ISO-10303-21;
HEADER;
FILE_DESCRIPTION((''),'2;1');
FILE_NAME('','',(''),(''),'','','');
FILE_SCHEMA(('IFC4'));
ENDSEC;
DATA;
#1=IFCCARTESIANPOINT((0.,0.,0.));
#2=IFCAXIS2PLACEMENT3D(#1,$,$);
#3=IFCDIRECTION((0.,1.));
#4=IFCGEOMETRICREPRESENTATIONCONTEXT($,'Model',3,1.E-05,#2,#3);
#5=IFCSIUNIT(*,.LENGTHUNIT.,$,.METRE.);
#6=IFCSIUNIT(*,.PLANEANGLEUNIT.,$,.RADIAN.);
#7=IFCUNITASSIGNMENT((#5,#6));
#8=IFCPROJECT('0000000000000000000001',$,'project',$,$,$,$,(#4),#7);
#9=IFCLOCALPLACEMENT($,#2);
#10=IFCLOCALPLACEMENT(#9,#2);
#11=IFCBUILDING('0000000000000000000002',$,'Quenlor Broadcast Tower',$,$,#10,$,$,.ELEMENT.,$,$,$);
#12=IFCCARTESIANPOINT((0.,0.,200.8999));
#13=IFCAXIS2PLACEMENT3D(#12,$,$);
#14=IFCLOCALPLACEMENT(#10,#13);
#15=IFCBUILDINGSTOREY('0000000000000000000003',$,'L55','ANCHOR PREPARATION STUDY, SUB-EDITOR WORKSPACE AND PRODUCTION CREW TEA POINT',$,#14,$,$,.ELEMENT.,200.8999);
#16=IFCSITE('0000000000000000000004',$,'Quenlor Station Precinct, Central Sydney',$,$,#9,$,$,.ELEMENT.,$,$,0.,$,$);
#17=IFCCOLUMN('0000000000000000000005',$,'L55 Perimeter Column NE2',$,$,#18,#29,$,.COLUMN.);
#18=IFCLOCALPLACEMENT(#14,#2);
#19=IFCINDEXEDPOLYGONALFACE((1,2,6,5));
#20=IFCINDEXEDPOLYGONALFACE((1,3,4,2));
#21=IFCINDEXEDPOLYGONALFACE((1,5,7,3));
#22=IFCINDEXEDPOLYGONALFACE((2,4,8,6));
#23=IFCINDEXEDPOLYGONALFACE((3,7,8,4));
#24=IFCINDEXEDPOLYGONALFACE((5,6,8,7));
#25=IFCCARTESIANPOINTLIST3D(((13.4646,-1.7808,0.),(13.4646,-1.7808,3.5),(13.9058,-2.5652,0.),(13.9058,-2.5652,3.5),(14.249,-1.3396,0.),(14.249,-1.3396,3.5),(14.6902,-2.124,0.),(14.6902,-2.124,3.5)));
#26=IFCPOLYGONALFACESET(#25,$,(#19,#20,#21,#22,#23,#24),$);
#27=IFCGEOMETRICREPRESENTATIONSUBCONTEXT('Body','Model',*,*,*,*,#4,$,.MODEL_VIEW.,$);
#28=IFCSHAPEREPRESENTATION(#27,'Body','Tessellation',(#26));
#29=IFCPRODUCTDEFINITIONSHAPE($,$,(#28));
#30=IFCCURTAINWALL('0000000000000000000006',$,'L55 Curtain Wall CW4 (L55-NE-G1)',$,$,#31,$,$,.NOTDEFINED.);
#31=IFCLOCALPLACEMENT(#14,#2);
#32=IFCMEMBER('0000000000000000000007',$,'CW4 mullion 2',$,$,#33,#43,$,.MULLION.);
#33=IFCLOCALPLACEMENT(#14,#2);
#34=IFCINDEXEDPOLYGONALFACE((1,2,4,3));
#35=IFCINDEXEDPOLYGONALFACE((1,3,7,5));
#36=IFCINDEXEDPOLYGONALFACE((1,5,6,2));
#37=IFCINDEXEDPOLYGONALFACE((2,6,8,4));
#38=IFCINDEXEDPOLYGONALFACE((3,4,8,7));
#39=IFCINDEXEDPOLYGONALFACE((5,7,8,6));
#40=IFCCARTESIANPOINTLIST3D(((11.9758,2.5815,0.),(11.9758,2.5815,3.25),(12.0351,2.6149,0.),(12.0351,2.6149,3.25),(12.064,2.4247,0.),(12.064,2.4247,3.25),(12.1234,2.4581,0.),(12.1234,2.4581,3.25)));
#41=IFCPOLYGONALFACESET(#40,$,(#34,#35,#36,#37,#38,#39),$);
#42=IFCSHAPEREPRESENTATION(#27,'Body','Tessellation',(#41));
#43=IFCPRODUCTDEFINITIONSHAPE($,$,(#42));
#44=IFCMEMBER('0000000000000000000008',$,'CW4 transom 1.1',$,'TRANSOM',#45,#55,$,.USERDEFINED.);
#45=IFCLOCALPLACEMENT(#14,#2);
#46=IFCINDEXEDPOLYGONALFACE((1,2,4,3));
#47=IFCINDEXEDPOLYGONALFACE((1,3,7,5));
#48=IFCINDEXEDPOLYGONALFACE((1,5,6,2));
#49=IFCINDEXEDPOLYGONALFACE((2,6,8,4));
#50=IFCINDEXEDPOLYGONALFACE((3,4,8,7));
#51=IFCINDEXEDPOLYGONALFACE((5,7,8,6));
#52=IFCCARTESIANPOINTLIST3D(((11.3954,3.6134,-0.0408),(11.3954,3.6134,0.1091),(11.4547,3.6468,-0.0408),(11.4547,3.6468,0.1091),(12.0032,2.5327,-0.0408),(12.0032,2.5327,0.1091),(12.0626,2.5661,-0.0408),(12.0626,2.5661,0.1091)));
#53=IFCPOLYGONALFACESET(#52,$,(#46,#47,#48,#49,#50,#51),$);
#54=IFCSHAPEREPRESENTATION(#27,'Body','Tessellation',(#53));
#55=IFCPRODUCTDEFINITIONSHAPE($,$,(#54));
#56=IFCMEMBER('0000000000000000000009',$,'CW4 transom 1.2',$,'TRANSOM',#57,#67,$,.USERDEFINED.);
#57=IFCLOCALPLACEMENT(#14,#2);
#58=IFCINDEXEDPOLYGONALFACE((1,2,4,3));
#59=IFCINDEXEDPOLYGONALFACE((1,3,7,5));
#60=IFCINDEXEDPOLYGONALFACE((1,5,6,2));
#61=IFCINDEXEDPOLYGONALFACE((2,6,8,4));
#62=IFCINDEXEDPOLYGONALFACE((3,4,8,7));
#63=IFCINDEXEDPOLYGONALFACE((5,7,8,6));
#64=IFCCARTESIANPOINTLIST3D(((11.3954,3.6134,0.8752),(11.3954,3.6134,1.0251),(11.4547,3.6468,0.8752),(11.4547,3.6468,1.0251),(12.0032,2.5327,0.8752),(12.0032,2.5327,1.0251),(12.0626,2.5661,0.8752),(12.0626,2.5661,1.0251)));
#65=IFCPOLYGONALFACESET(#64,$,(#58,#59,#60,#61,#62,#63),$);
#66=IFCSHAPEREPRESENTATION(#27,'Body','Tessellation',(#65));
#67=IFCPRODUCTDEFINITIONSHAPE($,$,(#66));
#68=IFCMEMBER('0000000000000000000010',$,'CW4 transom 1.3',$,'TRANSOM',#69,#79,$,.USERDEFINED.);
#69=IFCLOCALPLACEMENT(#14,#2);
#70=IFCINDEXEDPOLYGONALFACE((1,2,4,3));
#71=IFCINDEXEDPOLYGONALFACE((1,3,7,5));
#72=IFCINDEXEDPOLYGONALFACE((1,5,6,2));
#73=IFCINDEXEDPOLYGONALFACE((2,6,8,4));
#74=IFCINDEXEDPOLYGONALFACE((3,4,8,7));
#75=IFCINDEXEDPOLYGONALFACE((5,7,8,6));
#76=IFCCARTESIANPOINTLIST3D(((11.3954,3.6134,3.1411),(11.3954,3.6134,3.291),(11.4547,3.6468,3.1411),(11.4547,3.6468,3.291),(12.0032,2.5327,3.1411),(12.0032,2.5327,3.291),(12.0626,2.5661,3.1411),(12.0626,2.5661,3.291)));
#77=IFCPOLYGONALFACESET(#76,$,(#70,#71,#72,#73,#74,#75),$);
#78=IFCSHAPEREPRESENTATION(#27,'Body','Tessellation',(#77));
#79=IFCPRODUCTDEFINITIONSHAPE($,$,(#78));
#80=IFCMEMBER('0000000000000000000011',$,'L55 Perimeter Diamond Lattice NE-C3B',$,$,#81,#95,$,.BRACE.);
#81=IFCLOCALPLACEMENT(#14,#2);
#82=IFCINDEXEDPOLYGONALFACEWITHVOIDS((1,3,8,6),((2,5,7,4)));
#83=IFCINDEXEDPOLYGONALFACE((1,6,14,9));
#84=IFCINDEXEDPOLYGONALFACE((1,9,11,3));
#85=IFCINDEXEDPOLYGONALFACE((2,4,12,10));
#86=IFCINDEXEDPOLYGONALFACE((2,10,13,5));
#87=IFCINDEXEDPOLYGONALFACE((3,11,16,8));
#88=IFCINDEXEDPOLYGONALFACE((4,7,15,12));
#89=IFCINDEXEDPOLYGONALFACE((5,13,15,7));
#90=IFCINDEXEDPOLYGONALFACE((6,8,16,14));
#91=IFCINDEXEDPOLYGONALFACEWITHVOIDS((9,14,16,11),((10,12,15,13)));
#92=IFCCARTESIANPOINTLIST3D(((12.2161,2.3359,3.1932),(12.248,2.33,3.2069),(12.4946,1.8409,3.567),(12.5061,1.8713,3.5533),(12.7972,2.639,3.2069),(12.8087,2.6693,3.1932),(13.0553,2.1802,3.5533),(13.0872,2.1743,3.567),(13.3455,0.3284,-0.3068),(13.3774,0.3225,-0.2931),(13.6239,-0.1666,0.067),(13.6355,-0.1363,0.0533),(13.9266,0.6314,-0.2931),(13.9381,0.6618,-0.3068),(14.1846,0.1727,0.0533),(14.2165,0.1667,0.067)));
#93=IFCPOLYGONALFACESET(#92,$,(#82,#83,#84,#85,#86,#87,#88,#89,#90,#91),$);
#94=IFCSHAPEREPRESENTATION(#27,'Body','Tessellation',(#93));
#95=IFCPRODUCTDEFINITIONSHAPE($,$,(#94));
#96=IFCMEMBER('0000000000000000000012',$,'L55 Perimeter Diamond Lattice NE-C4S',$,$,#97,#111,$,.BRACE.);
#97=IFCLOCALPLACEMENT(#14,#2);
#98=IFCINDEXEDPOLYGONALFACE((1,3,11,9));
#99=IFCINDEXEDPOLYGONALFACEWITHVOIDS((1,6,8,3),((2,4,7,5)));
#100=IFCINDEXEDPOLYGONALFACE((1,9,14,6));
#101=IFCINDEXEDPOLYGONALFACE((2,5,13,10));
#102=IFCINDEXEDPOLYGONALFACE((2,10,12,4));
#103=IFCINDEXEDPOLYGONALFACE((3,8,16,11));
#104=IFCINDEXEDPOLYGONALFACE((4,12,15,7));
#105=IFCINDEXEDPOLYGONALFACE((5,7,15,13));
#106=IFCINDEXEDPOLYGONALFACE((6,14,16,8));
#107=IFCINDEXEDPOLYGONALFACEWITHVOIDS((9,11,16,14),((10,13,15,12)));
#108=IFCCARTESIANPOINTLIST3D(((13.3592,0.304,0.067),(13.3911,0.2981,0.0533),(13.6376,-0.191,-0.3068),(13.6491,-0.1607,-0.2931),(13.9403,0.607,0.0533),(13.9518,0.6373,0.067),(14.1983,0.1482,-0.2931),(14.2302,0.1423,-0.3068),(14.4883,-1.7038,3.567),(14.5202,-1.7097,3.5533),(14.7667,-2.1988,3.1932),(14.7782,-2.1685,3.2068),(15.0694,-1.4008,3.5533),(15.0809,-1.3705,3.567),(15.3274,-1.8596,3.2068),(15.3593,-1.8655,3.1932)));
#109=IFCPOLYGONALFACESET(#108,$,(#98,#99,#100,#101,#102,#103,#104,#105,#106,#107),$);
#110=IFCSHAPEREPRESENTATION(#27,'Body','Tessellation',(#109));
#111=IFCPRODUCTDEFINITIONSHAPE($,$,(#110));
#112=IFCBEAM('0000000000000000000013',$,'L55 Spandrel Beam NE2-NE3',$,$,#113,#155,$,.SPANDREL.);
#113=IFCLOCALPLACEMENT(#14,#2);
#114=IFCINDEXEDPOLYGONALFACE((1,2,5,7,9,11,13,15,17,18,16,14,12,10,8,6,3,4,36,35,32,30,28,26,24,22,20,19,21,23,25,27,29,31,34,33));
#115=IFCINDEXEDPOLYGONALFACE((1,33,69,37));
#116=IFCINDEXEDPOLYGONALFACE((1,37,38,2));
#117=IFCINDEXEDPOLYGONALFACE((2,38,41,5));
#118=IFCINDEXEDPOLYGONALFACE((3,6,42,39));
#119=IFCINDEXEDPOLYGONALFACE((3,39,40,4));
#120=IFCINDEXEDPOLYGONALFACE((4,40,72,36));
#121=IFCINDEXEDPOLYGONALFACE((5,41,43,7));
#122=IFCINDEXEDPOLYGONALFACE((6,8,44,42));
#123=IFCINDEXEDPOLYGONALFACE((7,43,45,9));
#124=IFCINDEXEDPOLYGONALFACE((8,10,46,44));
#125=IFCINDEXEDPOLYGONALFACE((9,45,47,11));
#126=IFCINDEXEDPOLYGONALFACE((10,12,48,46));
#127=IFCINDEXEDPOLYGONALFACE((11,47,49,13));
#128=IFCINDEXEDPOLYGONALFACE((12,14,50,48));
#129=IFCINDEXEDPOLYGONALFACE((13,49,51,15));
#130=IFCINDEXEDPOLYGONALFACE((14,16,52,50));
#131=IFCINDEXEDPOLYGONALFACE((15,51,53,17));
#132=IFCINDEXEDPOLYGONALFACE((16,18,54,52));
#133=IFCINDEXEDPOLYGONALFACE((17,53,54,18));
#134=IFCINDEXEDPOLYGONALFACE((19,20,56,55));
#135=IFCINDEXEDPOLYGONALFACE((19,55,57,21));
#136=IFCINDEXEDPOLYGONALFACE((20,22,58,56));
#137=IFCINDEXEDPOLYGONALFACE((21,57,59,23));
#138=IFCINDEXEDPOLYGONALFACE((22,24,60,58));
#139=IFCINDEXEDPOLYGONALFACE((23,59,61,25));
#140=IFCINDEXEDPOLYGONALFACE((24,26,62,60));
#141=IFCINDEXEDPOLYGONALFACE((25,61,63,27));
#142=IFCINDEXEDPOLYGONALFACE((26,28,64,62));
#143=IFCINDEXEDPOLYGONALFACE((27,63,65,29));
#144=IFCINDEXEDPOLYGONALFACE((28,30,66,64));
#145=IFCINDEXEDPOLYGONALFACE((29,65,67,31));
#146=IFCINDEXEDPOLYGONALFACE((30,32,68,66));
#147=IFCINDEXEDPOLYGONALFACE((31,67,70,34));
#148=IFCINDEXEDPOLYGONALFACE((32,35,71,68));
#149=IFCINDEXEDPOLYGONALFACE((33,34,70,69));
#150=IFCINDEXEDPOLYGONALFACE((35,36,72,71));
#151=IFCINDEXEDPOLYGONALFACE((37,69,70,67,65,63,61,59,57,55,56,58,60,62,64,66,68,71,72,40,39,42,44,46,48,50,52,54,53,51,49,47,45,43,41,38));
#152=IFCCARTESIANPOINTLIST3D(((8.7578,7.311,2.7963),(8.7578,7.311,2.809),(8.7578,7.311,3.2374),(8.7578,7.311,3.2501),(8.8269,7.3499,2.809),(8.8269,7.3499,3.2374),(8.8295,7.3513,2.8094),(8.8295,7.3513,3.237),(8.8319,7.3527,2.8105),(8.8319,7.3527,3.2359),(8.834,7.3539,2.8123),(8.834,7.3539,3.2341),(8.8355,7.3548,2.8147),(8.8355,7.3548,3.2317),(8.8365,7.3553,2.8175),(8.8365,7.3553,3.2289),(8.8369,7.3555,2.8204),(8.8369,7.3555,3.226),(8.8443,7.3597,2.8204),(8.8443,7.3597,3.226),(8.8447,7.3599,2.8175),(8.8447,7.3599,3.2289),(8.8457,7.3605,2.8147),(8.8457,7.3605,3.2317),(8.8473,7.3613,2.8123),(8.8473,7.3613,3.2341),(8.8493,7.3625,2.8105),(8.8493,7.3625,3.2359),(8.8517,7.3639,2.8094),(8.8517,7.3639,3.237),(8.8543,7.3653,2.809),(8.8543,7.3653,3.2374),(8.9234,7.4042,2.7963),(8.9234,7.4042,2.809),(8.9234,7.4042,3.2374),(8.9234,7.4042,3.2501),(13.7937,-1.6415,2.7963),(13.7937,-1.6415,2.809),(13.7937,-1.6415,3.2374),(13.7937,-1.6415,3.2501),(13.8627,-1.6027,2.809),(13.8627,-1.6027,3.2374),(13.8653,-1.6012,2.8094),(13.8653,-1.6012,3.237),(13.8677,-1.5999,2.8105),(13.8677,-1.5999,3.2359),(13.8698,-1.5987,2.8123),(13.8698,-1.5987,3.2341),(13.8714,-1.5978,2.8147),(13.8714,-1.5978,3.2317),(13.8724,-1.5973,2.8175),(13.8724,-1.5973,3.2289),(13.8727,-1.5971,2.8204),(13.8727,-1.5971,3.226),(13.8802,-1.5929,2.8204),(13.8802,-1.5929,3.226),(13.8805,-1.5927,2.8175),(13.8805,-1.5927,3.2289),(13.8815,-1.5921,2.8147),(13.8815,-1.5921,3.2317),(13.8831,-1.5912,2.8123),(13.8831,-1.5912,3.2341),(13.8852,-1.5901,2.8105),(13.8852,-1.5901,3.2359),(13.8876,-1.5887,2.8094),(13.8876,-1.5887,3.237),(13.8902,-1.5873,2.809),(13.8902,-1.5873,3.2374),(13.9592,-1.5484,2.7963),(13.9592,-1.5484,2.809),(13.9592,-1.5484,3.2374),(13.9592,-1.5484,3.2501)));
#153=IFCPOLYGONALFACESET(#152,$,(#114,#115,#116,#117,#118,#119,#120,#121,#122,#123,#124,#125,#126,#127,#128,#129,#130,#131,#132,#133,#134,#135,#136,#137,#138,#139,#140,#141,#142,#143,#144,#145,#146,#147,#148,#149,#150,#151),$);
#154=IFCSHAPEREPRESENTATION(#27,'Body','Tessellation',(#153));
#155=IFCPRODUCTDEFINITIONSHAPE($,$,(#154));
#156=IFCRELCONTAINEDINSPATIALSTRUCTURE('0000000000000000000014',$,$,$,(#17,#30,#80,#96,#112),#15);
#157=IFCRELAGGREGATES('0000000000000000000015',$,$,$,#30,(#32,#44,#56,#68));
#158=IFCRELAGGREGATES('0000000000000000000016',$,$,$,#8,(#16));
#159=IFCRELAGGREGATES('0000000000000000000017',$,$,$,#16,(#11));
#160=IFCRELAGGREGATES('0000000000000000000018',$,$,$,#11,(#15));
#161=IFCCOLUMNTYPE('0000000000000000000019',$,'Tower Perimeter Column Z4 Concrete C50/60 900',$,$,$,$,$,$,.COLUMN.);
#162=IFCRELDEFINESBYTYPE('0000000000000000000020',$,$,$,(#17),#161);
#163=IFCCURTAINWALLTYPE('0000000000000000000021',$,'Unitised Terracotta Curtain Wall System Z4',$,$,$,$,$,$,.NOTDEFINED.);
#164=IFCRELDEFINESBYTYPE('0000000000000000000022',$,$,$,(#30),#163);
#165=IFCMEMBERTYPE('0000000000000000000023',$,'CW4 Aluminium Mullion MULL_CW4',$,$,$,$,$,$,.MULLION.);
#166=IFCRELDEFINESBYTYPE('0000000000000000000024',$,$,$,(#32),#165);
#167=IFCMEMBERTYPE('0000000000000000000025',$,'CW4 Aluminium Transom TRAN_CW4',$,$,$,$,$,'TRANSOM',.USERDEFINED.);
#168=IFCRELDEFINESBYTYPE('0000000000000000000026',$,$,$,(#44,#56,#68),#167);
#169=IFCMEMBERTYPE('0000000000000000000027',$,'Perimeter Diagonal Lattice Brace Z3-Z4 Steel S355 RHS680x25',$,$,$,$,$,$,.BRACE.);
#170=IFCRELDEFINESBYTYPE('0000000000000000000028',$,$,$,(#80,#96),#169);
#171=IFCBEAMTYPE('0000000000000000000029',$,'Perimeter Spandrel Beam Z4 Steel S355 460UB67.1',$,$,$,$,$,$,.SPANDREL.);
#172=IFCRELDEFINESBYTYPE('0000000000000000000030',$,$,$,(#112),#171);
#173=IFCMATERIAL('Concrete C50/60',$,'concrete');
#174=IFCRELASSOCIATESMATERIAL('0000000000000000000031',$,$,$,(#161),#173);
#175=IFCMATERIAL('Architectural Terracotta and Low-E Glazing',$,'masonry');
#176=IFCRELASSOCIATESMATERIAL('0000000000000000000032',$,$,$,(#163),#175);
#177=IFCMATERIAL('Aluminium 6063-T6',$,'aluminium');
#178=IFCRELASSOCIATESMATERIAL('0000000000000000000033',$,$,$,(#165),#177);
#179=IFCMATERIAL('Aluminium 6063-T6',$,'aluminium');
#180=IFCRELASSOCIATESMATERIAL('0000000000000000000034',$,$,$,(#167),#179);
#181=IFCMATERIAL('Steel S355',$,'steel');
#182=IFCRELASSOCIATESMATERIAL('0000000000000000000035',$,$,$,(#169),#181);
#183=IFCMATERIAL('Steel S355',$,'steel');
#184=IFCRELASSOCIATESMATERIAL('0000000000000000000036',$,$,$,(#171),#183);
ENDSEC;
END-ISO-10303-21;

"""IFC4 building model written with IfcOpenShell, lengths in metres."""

from ifc_helpers import new_model, si_unit, direction, frame, origin, origin_2d, place, context, subcontext, project, spatial, rectangle, hollow_rectangle, i_section, extrude, material, material_profile, profile_set, type_object, element, aggregate, save


model = new_model("IFC4")

# Units and contexts
model_context = context("Model", 3, precision=1e-05, world=origin(), true_north=direction((0.0, 1.0)))
body_context = subcontext(model_context, "Body", "Model", "MODEL_VIEW")
ifc_project = project(units=[si_unit("LENGTHUNIT", "METRE"), si_unit("PLANEANGLEUNIT", "RADIAN")], contexts=[model_context])

# Site, building, storey
site_placement = place(None, origin())
site = spatial("IfcSite", under=ifc_project, at=site_placement, Name="Quenlor Station Precinct, Central Sydney", CompositionType="ELEMENT", RefElevation=0.0)
building_placement = place(site_placement, origin())
building = spatial("IfcBuilding", under=site, at=building_placement, Name="Quenlor Broadcast Tower", CompositionType="ELEMENT")
storey_placement = place(building_placement, frame((0.0, 0.0, 200.8999)))
storey = spatial("IfcBuildingStorey", under=building, at=storey_placement, Name="L55", Description="ANCHOR PREPARATION STUDY, SUB-EDITOR WORKSPACE AND PRODUCTION CREW TEA POINT", CompositionType="ELEMENT", Elevation=200.8999)

# Column
ifc_material_1 = material(Name="Concrete C50/60", Category="concrete")
ifc_material_profile_1 = material_profile(ifc_material_1, rectangle(XDim=0.8999, YDim=0.8999, at=origin_2d()))
ifc_profile_set_1 = profile_set([ifc_material_profile_1], Name="Concrete C50/60 RC900x900")
column_type = type_object("IfcColumnType", Name="Tower Perimeter Column Z4 Concrete C50/60 900", PredefinedType="COLUMN", material=ifc_profile_set_1)
column_placement = place(storey_placement, frame((14.0774, -1.9524, 0.0), z_axis=(0.0, 0.0, 1.0), x_axis=(0.871575, 0.490262, 0.0)))
element("IfcColumn", 1, at=column_placement, inside=storey, type_object=column_type, Name="L55 Perimeter Column NE2", PredefinedType="COLUMN", context=body_context, shape_type="SweptSolid", body=[
    extrude(rectangle(XDim=0.8999, YDim=0.8999, at=origin_2d()), origin(), (0.0, 0.0, 1.0), 3.5),
])

# Curtain wall, members
ifc_material_2 = material(Name="Architectural Terracotta and Low-E Glazing", Category="masonry")
curtain_wall_type = type_object("IfcCurtainWallType", Name="Unitised Terracotta Curtain Wall System Z4", PredefinedType="NOTDEFINED", material=ifc_material_2)
curtain_wall_placement = place(storey_placement, origin())
curtain_wall = element("IfcCurtainWall", 2, at=curtain_wall_placement, inside=storey, type_object=curtain_wall_type, Name="L55 Curtain Wall CW4 (L55-NE-G1)", PredefinedType="NOTDEFINED")
ifc_material_3 = material(Name="Aluminium 6063-T6", Category="aluminium")
ifc_material_profile_2 = material_profile(ifc_material_3, rectangle(XDim=0.0681, YDim=0.1799, at=origin_2d()))
ifc_profile_set_2 = profile_set([ifc_material_profile_2], Name="Aluminium 6063-T6 MULL68x180")
member_type_1 = type_object("IfcMemberType", Name="CW4 Aluminium Mullion MULL_CW4", PredefinedType="MULLION", material=ifc_profile_set_2)
member_1_placement = place(storey_placement, frame((12.0496, 2.5198, 0.0), z_axis=(0.0, 0.0, 1.0), x_axis=(0.87156, 0.490289, 0.0)))
member_1 = element("IfcMember", 3, at=member_1_placement, type_object=member_type_1, Name="CW4 mullion 2", PredefinedType="MULLION", context=body_context, shape_type="SweptSolid", body=[
    extrude(rectangle(XDim=0.0681, YDim=0.1799, at=origin_2d()), origin(), (0.0, 0.0, 1.0), 3.25),
])
ifc_material_4 = material(Name="Aluminium 6063-T6", Category="aluminium")
ifc_material_profile_3 = material_profile(ifc_material_4, rectangle(XDim=0.0681, YDim=0.1499, at=origin_2d()))
ifc_profile_set_3 = profile_set([ifc_material_profile_3], Name="Aluminium 6063-T6 TRAN68x150")
member_type_2 = type_object("IfcMemberType", Name="CW4 Aluminium Transom TRAN_CW4", ElementType="TRANSOM", PredefinedType="USERDEFINED", material=ifc_profile_set_3)
member_2_placement = place(storey_placement, frame((11.425, 3.6301, 0.0342), z_axis=(0.490233, -0.871591, 0.0), x_axis=(0.871591, 0.490233, 0.0)))
member_2 = element("IfcMember", 4, at=member_2_placement, type_object=member_type_2, Name="CW4 transom 1.1", ObjectType="TRANSOM", PredefinedType="USERDEFINED", context=body_context, shape_type="SweptSolid", body=[
    extrude(rectangle(XDim=0.0681, YDim=0.1499, at=origin_2d()), origin(), (0.0, 0.0, 1.0), 1.24),
])
member_3_placement = place(storey_placement, frame((11.425, 3.6301, 0.9502), z_axis=(0.490233, -0.871591, 0.0), x_axis=(0.871591, 0.490233, 0.0)))
member_3 = element("IfcMember", 5, at=member_3_placement, type_object=member_type_2, Name="CW4 transom 1.2", ObjectType="TRANSOM", PredefinedType="USERDEFINED", context=body_context, shape_type="SweptSolid", body=[
    extrude(rectangle(XDim=0.0681, YDim=0.1499, at=origin_2d()), origin(), (0.0, 0.0, 1.0), 1.24),
])
member_4_placement = place(storey_placement, frame((11.425, 3.6301, 3.2161), z_axis=(0.490233, -0.871591, 0.0), x_axis=(0.871591, 0.490233, 0.0)))
member_4 = element("IfcMember", 6, at=member_4_placement, type_object=member_type_2, Name="CW4 transom 1.3", ObjectType="TRANSOM", PredefinedType="USERDEFINED", context=body_context, shape_type="SweptSolid", body=[
    extrude(rectangle(XDim=0.0681, YDim=0.1499, at=origin_2d()), origin(), (0.0, 0.0, 1.0), 1.24),
])

# Members
ifc_material_5 = material(Name="Steel S355", Category="steel")
ifc_material_profile_4 = material_profile(ifc_material_5, hollow_rectangle(XDim=0.6799, YDim=0.6799, WallThickness=0.0249, at=origin_2d()))
ifc_profile_set_4 = profile_set([ifc_material_profile_4], Name="Steel S355 RHS680x680x25")
member_type_3 = type_object("IfcMemberType", Name="Perimeter Diagonal Lattice Brace Z3-Z4 Steel S355 RHS680x25", PredefinedType="BRACE", material=ifc_profile_set_4)
for number, where, z_axis, x_axis, name in (
    (7, (13.781, 0.2476, -0.1199), (-0.269547, 0.479136, 0.835328), (-0.87155, -0.490307, 0.0), "L55 Perimeter Diamond Lattice NE-C3B"),
    (8, (13.7947, 0.2231, -0.1199), (0.269485, -0.479189, 0.835318), (0.871621, 0.490181, 0.0), "L55 Perimeter Diamond Lattice NE-C4S"),
):
    element("IfcMember", number, at=place(storey_placement, frame(where, z_axis=z_axis, x_axis=x_axis)), inside=storey, type_object=member_type_3, Name=name, PredefinedType="BRACE", context=body_context, shape_type="SweptSolid", body=[
        extrude(hollow_rectangle(XDim=0.6799, YDim=0.6799, WallThickness=0.0249, at=origin_2d()), origin(), (0.0, 0.0, 1.0), 4.1899),
    ])

# Beam
ifc_material_6 = material(Name="Steel S355", Category="steel")
ifc_material_profile_5 = material_profile(ifc_material_6, i_section(OverallWidth=0.1899, OverallDepth=0.4539, WebThickness=0.0085, FlangeThickness=0.0127, FilletRadius=0.0115, at=origin_2d()))
ifc_profile_set_5 = profile_set([ifc_material_profile_5], Name="Steel S355 460UB67.1")
beam_type_1 = type_object("IfcBeamType", Name="Perimeter Spandrel Beam Z4 Steel S355 460UB67.1", PredefinedType="SPANDREL", material=ifc_profile_set_5)
beam_1_placement = place(storey_placement, frame((13.8765, -1.595, 3.0232), z_axis=(-0.490263, 0.871574, 0.0), x_axis=(-0.871574, -0.490263, 0.0)))
element("IfcBeam", 9, at=beam_1_placement, inside=storey, type_object=beam_type_1, Name="L55 Spandrel Beam NE2-NE3", PredefinedType="SPANDREL", context=body_context, shape_type="SweptSolid", body=[
    extrude(i_section(OverallWidth=0.1899, OverallDepth=0.4539, WebThickness=0.0085, FlangeThickness=0.0127, FilletRadius=0.0115, at=origin_2d()), origin(), (0.0, 0.0, 1.0), 10.2717),
])

aggregate(curtain_wall, [member_1, member_2, member_3, member_4])

save(model, "model.ifc")
